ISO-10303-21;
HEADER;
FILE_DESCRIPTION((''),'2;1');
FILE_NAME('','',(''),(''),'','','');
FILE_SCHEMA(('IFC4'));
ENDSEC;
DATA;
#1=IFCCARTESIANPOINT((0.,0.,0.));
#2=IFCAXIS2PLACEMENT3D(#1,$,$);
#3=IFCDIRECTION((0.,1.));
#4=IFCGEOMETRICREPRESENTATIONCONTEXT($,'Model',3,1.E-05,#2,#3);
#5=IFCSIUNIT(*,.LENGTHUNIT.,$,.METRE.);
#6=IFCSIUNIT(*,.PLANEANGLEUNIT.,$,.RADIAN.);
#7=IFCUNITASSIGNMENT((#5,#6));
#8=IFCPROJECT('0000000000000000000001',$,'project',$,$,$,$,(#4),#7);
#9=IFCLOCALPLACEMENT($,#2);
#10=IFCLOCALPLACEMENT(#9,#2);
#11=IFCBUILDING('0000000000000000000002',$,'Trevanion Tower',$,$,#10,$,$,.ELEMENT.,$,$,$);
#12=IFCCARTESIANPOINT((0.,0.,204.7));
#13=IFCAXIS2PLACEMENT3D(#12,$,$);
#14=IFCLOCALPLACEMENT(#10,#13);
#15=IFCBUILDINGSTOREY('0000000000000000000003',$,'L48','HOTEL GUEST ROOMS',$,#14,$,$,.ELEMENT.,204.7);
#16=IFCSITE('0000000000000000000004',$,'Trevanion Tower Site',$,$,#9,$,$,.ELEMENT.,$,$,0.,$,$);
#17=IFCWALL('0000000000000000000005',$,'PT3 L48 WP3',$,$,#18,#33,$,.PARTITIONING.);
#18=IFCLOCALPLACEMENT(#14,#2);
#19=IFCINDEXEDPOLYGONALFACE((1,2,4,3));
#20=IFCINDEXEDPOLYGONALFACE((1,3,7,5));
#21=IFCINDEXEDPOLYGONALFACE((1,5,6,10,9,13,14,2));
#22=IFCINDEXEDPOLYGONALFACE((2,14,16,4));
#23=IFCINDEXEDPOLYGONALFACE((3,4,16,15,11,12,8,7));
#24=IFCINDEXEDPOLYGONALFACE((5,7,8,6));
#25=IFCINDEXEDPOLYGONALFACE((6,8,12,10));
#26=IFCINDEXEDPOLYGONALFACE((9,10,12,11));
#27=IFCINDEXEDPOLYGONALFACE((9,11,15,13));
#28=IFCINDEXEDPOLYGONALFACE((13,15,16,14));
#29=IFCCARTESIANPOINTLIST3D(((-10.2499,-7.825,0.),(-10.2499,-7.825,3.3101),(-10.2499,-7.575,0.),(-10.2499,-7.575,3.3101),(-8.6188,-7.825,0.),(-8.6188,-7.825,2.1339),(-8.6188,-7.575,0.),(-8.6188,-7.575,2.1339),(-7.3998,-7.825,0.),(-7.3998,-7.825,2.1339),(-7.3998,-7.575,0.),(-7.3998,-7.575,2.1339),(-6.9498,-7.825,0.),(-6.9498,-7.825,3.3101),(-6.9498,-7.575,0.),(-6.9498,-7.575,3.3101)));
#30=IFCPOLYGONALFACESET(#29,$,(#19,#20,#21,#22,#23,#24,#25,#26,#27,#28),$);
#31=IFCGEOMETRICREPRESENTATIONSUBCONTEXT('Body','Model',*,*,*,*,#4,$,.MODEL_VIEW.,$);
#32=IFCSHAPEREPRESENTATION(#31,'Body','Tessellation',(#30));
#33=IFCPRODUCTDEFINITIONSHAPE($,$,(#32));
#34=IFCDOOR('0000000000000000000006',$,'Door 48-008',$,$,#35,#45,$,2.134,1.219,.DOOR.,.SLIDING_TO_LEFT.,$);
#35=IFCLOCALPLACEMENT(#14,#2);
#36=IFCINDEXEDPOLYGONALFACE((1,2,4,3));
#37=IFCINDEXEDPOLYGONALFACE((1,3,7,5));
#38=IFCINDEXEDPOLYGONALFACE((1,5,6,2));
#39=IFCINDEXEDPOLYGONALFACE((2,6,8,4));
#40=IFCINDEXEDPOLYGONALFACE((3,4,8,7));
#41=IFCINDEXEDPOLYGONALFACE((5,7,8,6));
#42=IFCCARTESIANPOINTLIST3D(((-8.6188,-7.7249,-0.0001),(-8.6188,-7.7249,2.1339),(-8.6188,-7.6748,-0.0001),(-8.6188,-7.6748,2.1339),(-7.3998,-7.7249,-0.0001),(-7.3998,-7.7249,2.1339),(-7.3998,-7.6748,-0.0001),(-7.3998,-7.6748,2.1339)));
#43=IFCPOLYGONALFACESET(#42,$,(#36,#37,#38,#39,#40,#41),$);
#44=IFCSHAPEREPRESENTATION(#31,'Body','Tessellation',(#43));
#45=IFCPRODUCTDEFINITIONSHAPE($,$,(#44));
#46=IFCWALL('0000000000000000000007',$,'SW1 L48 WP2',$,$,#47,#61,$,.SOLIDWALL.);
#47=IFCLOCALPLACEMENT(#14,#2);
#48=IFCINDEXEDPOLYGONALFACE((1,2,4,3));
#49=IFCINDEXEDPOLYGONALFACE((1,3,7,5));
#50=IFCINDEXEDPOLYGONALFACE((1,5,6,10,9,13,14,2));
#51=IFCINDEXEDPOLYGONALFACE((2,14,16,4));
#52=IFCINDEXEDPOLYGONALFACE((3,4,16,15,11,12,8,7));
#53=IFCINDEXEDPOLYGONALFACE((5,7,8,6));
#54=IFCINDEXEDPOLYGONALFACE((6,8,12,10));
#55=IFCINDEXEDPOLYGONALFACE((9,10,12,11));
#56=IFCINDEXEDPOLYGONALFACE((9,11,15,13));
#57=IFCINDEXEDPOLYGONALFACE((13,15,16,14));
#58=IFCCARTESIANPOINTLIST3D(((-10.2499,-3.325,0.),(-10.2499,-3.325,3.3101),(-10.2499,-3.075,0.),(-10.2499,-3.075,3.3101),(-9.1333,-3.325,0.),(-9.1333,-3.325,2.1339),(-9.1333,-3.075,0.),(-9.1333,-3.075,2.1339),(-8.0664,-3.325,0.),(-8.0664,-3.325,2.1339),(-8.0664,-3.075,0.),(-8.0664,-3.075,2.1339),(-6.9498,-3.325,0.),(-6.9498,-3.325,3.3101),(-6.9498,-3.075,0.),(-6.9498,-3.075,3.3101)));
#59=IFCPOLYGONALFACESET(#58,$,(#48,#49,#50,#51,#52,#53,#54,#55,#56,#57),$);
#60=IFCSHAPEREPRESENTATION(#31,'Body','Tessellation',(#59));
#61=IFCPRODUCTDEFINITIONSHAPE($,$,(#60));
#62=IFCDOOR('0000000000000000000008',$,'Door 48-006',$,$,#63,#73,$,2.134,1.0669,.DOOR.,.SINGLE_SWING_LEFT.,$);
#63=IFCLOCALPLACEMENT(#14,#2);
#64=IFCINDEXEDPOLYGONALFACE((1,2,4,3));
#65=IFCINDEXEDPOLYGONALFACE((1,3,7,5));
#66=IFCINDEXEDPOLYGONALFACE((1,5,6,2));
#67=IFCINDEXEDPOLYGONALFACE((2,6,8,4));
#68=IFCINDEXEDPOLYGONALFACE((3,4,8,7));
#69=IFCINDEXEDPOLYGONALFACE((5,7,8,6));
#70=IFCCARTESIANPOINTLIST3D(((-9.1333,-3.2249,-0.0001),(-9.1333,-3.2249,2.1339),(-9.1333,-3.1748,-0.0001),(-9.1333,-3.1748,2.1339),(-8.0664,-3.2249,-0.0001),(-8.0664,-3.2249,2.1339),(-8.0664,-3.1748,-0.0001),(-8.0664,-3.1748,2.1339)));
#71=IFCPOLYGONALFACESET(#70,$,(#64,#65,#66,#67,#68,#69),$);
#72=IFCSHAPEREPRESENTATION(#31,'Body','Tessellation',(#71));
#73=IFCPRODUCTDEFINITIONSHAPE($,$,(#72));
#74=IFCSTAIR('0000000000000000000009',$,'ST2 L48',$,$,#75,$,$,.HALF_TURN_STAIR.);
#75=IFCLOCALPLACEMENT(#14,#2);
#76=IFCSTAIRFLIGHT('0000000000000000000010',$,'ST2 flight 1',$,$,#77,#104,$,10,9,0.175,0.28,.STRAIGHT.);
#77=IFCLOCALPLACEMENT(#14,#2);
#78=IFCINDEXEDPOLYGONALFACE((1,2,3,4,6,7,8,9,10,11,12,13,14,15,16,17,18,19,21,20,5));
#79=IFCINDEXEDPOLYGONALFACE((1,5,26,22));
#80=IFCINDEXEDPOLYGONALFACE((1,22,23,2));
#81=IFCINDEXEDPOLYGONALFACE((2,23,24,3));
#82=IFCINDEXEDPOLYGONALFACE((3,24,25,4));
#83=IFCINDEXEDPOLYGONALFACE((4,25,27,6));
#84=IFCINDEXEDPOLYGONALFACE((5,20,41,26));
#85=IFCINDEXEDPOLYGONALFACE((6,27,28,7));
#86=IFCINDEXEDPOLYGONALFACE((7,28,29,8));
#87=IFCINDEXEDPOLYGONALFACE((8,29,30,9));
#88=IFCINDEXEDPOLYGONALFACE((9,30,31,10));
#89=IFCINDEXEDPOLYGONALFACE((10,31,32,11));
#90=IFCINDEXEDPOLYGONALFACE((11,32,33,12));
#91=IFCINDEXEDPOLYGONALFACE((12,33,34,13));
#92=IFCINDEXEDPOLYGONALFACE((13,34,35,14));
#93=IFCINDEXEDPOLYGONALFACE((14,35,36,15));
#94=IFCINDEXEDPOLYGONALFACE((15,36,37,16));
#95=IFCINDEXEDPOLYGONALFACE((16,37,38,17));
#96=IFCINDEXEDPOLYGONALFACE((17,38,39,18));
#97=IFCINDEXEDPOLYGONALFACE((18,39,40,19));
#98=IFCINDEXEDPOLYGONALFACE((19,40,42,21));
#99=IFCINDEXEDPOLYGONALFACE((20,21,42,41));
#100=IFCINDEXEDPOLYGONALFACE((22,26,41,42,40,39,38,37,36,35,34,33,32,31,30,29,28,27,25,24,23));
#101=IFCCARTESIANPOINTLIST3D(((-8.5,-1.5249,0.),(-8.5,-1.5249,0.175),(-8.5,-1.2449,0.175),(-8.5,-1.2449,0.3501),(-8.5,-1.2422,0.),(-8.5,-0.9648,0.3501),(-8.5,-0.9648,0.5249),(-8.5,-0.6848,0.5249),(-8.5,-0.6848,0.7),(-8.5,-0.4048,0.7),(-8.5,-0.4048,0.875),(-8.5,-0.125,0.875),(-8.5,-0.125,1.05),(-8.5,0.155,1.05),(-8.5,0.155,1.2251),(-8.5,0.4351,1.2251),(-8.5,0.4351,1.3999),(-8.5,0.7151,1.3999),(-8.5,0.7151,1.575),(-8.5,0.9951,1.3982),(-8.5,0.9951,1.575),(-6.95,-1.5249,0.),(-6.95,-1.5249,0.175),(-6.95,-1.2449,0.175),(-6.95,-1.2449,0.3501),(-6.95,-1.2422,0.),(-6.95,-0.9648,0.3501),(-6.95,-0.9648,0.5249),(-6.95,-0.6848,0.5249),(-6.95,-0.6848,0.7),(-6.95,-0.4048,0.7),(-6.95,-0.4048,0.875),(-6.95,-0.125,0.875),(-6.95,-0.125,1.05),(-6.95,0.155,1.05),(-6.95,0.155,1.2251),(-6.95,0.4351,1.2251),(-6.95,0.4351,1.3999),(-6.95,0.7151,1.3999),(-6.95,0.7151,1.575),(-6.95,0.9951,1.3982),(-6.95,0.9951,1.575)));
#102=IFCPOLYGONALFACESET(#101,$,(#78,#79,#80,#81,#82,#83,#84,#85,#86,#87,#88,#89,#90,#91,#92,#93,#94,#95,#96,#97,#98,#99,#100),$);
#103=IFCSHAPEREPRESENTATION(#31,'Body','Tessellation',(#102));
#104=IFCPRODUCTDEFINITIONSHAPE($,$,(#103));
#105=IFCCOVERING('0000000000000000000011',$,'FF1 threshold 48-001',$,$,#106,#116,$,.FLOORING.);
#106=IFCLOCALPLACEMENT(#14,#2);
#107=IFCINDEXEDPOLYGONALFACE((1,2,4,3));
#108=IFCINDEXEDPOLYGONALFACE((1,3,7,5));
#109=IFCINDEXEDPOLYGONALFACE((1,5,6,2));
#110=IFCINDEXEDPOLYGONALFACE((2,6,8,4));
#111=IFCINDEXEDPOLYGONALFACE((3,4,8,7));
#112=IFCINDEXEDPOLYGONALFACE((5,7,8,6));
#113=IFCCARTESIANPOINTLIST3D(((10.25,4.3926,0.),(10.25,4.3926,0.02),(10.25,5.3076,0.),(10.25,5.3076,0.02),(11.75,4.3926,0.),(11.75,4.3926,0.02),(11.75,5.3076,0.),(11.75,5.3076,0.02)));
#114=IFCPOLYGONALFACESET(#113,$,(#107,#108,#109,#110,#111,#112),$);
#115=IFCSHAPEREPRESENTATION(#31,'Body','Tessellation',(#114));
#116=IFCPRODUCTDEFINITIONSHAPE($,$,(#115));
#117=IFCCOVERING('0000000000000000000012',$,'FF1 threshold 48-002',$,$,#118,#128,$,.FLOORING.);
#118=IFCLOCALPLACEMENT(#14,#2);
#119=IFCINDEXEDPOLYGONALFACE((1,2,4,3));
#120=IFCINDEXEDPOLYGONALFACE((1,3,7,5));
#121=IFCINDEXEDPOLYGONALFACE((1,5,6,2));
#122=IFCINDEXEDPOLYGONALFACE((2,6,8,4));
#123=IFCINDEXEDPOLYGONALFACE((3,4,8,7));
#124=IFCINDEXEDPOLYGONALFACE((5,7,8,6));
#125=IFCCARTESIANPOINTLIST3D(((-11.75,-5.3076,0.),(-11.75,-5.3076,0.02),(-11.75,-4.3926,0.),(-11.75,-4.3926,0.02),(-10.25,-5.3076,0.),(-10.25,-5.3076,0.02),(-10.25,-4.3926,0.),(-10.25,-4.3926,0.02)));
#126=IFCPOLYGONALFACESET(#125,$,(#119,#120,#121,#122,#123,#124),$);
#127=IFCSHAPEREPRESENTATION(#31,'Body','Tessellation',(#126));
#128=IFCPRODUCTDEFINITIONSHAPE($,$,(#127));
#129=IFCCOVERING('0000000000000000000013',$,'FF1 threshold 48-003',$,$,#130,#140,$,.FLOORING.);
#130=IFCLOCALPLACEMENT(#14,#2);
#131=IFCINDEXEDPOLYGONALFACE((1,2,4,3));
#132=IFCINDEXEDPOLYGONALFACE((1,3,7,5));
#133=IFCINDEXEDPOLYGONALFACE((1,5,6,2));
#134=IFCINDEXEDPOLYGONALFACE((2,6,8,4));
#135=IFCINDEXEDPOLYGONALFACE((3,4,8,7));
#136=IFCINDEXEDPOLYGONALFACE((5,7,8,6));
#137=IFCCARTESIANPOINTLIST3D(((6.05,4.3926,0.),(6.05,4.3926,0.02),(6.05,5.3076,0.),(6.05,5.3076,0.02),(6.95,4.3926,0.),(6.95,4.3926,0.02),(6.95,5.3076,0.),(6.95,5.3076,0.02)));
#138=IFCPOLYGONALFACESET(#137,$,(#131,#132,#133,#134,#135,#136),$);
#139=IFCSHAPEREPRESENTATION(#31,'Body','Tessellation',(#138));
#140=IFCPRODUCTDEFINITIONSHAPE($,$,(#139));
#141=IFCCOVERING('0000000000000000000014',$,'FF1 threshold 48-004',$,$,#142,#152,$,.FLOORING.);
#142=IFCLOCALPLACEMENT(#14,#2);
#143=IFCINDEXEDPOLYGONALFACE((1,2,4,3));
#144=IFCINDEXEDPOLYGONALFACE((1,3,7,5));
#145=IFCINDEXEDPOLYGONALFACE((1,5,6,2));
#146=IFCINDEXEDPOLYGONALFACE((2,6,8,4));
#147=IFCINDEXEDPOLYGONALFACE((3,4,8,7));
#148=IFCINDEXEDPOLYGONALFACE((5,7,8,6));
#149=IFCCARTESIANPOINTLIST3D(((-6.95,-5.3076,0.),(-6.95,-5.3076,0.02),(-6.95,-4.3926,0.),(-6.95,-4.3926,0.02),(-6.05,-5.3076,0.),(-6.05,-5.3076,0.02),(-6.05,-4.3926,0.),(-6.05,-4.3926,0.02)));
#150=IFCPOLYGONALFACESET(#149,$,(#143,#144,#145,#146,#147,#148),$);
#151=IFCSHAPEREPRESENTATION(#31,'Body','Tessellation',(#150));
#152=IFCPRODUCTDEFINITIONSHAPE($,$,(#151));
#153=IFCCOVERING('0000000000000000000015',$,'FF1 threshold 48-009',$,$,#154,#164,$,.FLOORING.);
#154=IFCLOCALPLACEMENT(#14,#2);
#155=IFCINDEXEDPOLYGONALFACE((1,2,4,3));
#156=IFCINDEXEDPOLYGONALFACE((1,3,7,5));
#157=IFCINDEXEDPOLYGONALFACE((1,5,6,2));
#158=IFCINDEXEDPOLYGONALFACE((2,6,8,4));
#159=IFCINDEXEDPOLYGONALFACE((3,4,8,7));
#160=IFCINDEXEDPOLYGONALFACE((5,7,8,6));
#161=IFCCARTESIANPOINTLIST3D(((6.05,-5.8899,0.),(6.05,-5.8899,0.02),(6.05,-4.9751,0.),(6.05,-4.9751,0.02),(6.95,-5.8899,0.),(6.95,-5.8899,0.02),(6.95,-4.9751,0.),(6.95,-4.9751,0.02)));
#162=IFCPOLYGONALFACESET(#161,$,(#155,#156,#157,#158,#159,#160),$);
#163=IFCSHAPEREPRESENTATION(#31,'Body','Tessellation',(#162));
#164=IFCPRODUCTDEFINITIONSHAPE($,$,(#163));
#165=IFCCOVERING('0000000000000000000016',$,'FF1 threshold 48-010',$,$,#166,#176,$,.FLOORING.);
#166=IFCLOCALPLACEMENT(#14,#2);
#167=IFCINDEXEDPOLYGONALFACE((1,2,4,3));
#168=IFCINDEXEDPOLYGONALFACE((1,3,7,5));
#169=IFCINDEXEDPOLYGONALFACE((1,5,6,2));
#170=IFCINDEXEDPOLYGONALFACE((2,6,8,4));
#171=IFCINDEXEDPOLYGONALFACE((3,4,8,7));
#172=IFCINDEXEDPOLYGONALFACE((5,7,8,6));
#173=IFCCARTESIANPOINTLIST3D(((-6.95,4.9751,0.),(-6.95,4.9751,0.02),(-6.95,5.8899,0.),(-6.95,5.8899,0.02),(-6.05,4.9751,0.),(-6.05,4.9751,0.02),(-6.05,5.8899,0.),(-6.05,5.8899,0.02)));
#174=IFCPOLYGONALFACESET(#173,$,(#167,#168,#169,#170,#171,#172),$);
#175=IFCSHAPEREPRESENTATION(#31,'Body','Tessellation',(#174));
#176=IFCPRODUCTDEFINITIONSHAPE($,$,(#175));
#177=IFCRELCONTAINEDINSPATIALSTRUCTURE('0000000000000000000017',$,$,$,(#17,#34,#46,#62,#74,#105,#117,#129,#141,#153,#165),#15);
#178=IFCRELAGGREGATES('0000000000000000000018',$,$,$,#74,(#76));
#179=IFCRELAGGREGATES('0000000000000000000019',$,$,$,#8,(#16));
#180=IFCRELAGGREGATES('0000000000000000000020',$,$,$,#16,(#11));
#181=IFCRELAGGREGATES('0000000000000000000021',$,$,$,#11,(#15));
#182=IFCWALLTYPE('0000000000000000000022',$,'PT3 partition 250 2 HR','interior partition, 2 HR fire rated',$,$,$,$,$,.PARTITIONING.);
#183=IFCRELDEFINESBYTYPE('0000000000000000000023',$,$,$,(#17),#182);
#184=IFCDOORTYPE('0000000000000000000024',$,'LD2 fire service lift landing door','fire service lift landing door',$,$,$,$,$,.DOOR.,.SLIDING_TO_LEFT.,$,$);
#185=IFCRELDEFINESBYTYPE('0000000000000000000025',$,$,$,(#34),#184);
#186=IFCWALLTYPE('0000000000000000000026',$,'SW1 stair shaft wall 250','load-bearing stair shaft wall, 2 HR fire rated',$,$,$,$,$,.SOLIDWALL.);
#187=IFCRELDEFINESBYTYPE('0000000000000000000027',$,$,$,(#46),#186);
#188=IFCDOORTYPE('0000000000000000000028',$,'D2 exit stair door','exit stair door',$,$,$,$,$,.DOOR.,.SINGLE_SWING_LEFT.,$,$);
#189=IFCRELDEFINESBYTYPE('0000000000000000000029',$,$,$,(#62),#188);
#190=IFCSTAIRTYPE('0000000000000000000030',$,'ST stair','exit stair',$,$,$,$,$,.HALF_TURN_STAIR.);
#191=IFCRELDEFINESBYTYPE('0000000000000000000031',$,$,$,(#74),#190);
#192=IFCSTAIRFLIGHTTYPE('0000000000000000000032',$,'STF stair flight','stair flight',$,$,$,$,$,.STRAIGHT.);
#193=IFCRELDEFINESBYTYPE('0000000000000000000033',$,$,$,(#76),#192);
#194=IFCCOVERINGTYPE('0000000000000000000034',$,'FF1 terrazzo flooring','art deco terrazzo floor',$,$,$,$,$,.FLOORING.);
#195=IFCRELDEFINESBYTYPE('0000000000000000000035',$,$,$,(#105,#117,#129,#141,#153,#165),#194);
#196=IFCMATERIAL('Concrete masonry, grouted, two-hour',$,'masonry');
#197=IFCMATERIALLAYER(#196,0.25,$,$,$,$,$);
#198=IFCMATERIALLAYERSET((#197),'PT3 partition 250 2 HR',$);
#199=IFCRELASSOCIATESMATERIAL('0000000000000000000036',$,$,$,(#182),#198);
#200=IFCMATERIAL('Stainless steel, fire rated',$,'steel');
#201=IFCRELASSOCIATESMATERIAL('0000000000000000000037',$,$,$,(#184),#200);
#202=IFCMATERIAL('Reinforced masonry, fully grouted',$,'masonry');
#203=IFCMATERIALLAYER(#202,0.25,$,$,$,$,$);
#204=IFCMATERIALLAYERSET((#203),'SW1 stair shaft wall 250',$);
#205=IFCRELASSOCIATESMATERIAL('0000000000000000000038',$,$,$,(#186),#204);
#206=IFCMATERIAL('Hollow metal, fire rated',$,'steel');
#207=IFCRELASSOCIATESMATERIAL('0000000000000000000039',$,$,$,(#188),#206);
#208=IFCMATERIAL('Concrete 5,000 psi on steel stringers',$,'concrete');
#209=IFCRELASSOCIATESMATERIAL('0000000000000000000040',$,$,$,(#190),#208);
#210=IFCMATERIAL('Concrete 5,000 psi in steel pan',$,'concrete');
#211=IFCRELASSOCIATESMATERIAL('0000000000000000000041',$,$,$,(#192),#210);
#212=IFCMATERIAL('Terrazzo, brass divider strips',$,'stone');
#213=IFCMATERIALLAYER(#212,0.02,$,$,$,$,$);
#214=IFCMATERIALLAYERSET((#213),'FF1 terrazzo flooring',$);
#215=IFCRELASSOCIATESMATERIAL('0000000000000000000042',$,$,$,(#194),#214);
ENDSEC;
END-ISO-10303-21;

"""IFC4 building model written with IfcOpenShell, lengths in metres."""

from ifc_helpers import new_model, si_unit, direction, frame, frame_2d, origin, place, context, subcontext, project, spatial, polyline, rectangle, outline, extrude, material, layer, layer_set, type_object, element, fill, aggregate, save


model = new_model("IFC4")

# Units and contexts
model_context = context("Model", 3, precision=1e-05, world=origin(), true_north=direction((0.0, 1.0)))
body_context = subcontext(model_context, "Body", "Model", "MODEL_VIEW")
ifc_project = project(units=[si_unit("LENGTHUNIT", "METRE"), si_unit("PLANEANGLEUNIT", "RADIAN")], contexts=[model_context])

# Site, building, storey
site_placement = place(None, origin())
site = spatial("IfcSite", under=ifc_project, at=site_placement, Name="Trevanion Tower Site", CompositionType="ELEMENT", RefElevation=0.0)
building_placement = place(site_placement, origin())
building = spatial("IfcBuilding", under=site, at=building_placement, Name="Trevanion Tower", CompositionType="ELEMENT")
storey_placement = place(building_placement, frame((0.0, 0.0, 204.7)))
storey = spatial("IfcBuildingStorey", under=building, at=storey_placement, Name="L48", Description="HOTEL GUEST ROOMS", CompositionType="ELEMENT", Elevation=204.7)

# Walls, openings, doors
ifc_material_1 = material(Name="Concrete masonry, grouted, two-hour", Category="masonry")
ifc_layer_1 = layer(ifc_material_1, 0.25)
ifc_layer_set_1 = layer_set([ifc_layer_1], Name="PT3 partition 250 2 HR")
wall_type_1 = type_object("IfcWallType", Name="PT3 partition 250 2 HR", Description="interior partition, 2 HR fire rated", PredefinedType="PARTITIONING", material=ifc_layer_set_1)
wall_1_placement = place(storey_placement, frame((-6.95, -7.7, 0.0), z_axis=(0.0, 0.0, 1.0), x_axis=(-1.0, 0.0, 0.0)))
wall_1 = element("IfcWall", 1, at=wall_1_placement, inside=storey, type_object=wall_type_1, Name="PT3 L48 WP3", PredefinedType="PARTITIONING", context=body_context, shape_type="SweptSolid", body=[
    extrude(rectangle(XDim=3.3, YDim=0.25, at=frame_2d((1.6499, 0.0))), origin(), (0.0, 0.0, 1.0), 3.3101),
])
opening_1_placement = place(wall_1_placement, frame((0.45, 0.0, 0.0)))
opening_1 = element("IfcOpeningElement", 2, at=opening_1_placement, cuts=wall_1, PredefinedType="OPENING", context=body_context, shape_type="SweptSolid", body=[
    extrude(rectangle(XDim=1.219, YDim=2.134, at=frame_2d((0.6094, 1.0669))), frame((0.0, 0.135, 0.0), z_axis=(0.0, -1.0, 0.0), x_axis=(1.0, 0.0, 0.0)), (0.0, 0.0, 1.0), 0.27),
])
ifc_material_2 = material(Name="Stainless steel, fire rated", Category="steel")
door_type_1 = type_object("IfcDoorType", Name="LD2 fire service lift landing door", Description="fire service lift landing door", OperationType="SLIDING_TO_LEFT", PredefinedType="DOOR", material=ifc_material_2)
door_1_placement = place(opening_1_placement, origin())
door_1 = element("IfcDoor", 3, at=door_1_placement, inside=storey, type_object=door_type_1, Name="Door 48-008", OperationType="SLIDING_TO_LEFT", OverallHeight=2.134, OverallWidth=1.219, PredefinedType="DOOR", context=body_context, shape_type="SweptSolid", body=[
    extrude(rectangle(XDim=1.219, YDim=2.134, at=frame_2d((0.6094, 1.0669))), frame((0.0, 0.0249, 0.0), z_axis=(0.0, -1.0, 0.0), x_axis=(1.0, 0.0, 0.0)), (0.0, 0.0, 1.0), 0.05),
])
fill(opening_1, door_1)
ifc_material_3 = material(Name="Reinforced masonry, fully grouted", Category="masonry")
ifc_layer_2 = layer(ifc_material_3, 0.25)
ifc_layer_set_2 = layer_set([ifc_layer_2], Name="SW1 stair shaft wall 250")
wall_type_2 = type_object("IfcWallType", Name="SW1 stair shaft wall 250", Description="load-bearing stair shaft wall, 2 HR fire rated", PredefinedType="SOLIDWALL", material=ifc_layer_set_2)
wall_2_placement = place(storey_placement, frame((-6.95, -3.2, 0.0), z_axis=(0.0, 0.0, 1.0), x_axis=(-1.0, 0.0, 0.0)))
wall_2 = element("IfcWall", 4, at=wall_2_placement, inside=storey, type_object=wall_type_2, Name="SW1 L48 WP2", PredefinedType="SOLIDWALL", context=body_context, shape_type="SweptSolid", body=[
    extrude(rectangle(XDim=3.3, YDim=0.25, at=frame_2d((1.6499, 0.0))), origin(), (0.0, 0.0, 1.0), 3.3101),
])
opening_2_placement = place(wall_2_placement, frame((1.1165, 0.0, 0.0)))
opening_2 = element("IfcOpeningElement", 5, at=opening_2_placement, cuts=wall_2, PredefinedType="OPENING", context=body_context, shape_type="SweptSolid", body=[
    extrude(rectangle(XDim=1.0669, YDim=2.134, at=frame_2d((0.5334, 1.0669))), frame((0.0, 0.135, 0.0), z_axis=(0.0, -1.0, 0.0), x_axis=(1.0, 0.0, 0.0)), (0.0, 0.0, 1.0), 0.27),
])
ifc_material_4 = material(Name="Hollow metal, fire rated", Category="steel")
door_type_2 = type_object("IfcDoorType", Name="D2 exit stair door", Description="exit stair door", OperationType="SINGLE_SWING_LEFT", PredefinedType="DOOR", material=ifc_material_4)
door_2_placement = place(opening_2_placement, origin())
door_2 = element("IfcDoor", 6, at=door_2_placement, inside=storey, type_object=door_type_2, Name="Door 48-006", OperationType="SINGLE_SWING_LEFT", OverallHeight=2.134, OverallWidth=1.0669, PredefinedType="DOOR", context=body_context, shape_type="SweptSolid", body=[
    extrude(rectangle(XDim=1.0669, YDim=2.134, at=frame_2d((0.5334, 1.0669))), frame((0.0, 0.0249, 0.0), z_axis=(0.0, -1.0, 0.0), x_axis=(1.0, 0.0, 0.0)), (0.0, 0.0, 1.0), 0.05),
])
fill(opening_2, door_2)

# Stair, stair flight
ifc_material_5 = material(Name="Concrete 5,000 psi on steel stringers", Category="concrete")
stair_type = type_object("IfcStairType", Name="ST stair", Description="exit stair", PredefinedType="HALF_TURN_STAIR", material=ifc_material_5)
stair_placement = place(storey_placement, origin())
stair = element("IfcStair", 7, at=stair_placement, inside=storey, type_object=stair_type, Name="ST2 L48", PredefinedType="HALF_TURN_STAIR")
ifc_material_6 = material(Name="Concrete 5,000 psi in steel pan", Category="concrete")
stair_flight_type = type_object("IfcStairFlightType", Name="STF stair flight", Description="stair flight", PredefinedType="STRAIGHT", material=ifc_material_6)
stair_flight_placement = place(storey_placement, frame((-7.7251, -1.5249, 0.0), z_axis=(0.0, 0.0, 1.0), x_axis=(0.0, 1.0, 0.0)))
stair_flight = element("IfcStairFlight", 8, at=stair_flight_placement, type_object=stair_flight_type, Name="ST2 flight 1", NumberOfRisers=10, NumberOfTreads=9, PredefinedType="STRAIGHT", RiserHeight=0.175, TreadLength=0.28, context=body_context, shape_type="SweptSolid", body=[
    extrude(outline(polyline([(0.0, 0.0), (0.0, 0.175), (0.28, 0.175), (0.28, 0.3501), (0.5601, 0.3501), (0.5601, 0.5249), (0.8401, 0.5249), (0.8401, 0.7), (1.1201, 0.7), (1.1201, 0.875), (1.3999, 0.875), (1.3999, 1.05), (1.6799, 1.05), (1.6799, 1.2251), (1.96, 1.2251), (1.96, 1.3999), (2.24, 1.3999), (2.24, 1.575), (2.52, 1.575), (2.52, 1.75), (2.52, 1.3982), (0.2827, 0.0), (0.0, 0.0)])), frame((0.0, 0.7749, 0.0), z_axis=(0.0, -1.0, 0.0), x_axis=(1.0, 0.0, 0.0)), (0.0, 0.0, 1.0), 1.55),
])
aggregate(stair, [stair_flight])

# Coverings
ifc_material_7 = material(Name="Terrazzo, brass divider strips", Category="stone")
ifc_layer_3 = layer(ifc_material_7, 0.02)
ifc_layer_set_3 = layer_set([ifc_layer_3], Name="FF1 terrazzo flooring")
covering_type = type_object("IfcCoveringType", Name="FF1 terrazzo flooring", Description="art deco terrazzo floor", PredefinedType="FLOORING", material=ifc_layer_set_3)
covering_1_placement = place(storey_placement, origin())
element("IfcCovering", 9, at=covering_1_placement, inside=storey, type_object=covering_type, Name="FF1 threshold 48-001", PredefinedType="FLOORING", context=body_context, shape_type="SweptSolid", body=[
    extrude(outline(polyline([(11.75, 4.3926), (11.75, 5.3076), (10.25, 5.3076), (10.25, 4.3926), (11.75, 4.3926)])), origin(), (0.0, 0.0, 1.0), 0.02),
])
covering_2_placement = place(storey_placement, origin())
element("IfcCovering", 10, at=covering_2_placement, inside=storey, type_object=covering_type, Name="FF1 threshold 48-002", PredefinedType="FLOORING", context=body_context, shape_type="SweptSolid", body=[
    extrude(outline(polyline([(-11.75, -4.3926), (-11.75, -5.3076), (-10.25, -5.3076), (-10.25, -4.3926), (-11.75, -4.3926)])), origin(), (0.0, 0.0, 1.0), 0.02),
])
covering_3_placement = place(storey_placement, origin())
element("IfcCovering", 11, at=covering_3_placement, inside=storey, type_object=covering_type, Name="FF1 threshold 48-003", PredefinedType="FLOORING", context=body_context, shape_type="SweptSolid", body=[
    extrude(outline(polyline([(6.95, 4.3926), (6.95, 5.3076), (6.05, 5.3076), (6.05, 4.3926), (6.95, 4.3926)])), origin(), (0.0, 0.0, 1.0), 0.02),
])
covering_4_placement = place(storey_placement, origin())
element("IfcCovering", 12, at=covering_4_placement, inside=storey, type_object=covering_type, Name="FF1 threshold 48-004", PredefinedType="FLOORING", context=body_context, shape_type="SweptSolid", body=[
    extrude(outline(polyline([(-6.95, -4.3926), (-6.95, -5.3076), (-6.05, -5.3076), (-6.05, -4.3926), (-6.95, -4.3926)])), origin(), (0.0, 0.0, 1.0), 0.02),
])
covering_5_placement = place(storey_placement, origin())
element("IfcCovering", 13, at=covering_5_placement, inside=storey, type_object=covering_type, Name="FF1 threshold 48-009", PredefinedType="FLOORING", context=body_context, shape_type="SweptSolid", body=[
    extrude(outline(polyline([(6.95, -5.8899), (6.95, -4.9751), (6.05, -4.9751), (6.05, -5.8899), (6.95, -5.8899)])), origin(), (0.0, 0.0, 1.0), 0.02),
])
covering_6_placement = place(storey_placement, origin())
element("IfcCovering", 14, at=covering_6_placement, inside=storey, type_object=covering_type, Name="FF1 threshold 48-010", PredefinedType="FLOORING", context=body_context, shape_type="SweptSolid", body=[
    extrude(outline(polyline([(-6.95, 5.8899), (-6.95, 4.9751), (-6.05, 4.9751), (-6.05, 5.8899), (-6.95, 5.8899)])), origin(), (0.0, 0.0, 1.0), 0.02),
])

save(model, "model.ifc")
